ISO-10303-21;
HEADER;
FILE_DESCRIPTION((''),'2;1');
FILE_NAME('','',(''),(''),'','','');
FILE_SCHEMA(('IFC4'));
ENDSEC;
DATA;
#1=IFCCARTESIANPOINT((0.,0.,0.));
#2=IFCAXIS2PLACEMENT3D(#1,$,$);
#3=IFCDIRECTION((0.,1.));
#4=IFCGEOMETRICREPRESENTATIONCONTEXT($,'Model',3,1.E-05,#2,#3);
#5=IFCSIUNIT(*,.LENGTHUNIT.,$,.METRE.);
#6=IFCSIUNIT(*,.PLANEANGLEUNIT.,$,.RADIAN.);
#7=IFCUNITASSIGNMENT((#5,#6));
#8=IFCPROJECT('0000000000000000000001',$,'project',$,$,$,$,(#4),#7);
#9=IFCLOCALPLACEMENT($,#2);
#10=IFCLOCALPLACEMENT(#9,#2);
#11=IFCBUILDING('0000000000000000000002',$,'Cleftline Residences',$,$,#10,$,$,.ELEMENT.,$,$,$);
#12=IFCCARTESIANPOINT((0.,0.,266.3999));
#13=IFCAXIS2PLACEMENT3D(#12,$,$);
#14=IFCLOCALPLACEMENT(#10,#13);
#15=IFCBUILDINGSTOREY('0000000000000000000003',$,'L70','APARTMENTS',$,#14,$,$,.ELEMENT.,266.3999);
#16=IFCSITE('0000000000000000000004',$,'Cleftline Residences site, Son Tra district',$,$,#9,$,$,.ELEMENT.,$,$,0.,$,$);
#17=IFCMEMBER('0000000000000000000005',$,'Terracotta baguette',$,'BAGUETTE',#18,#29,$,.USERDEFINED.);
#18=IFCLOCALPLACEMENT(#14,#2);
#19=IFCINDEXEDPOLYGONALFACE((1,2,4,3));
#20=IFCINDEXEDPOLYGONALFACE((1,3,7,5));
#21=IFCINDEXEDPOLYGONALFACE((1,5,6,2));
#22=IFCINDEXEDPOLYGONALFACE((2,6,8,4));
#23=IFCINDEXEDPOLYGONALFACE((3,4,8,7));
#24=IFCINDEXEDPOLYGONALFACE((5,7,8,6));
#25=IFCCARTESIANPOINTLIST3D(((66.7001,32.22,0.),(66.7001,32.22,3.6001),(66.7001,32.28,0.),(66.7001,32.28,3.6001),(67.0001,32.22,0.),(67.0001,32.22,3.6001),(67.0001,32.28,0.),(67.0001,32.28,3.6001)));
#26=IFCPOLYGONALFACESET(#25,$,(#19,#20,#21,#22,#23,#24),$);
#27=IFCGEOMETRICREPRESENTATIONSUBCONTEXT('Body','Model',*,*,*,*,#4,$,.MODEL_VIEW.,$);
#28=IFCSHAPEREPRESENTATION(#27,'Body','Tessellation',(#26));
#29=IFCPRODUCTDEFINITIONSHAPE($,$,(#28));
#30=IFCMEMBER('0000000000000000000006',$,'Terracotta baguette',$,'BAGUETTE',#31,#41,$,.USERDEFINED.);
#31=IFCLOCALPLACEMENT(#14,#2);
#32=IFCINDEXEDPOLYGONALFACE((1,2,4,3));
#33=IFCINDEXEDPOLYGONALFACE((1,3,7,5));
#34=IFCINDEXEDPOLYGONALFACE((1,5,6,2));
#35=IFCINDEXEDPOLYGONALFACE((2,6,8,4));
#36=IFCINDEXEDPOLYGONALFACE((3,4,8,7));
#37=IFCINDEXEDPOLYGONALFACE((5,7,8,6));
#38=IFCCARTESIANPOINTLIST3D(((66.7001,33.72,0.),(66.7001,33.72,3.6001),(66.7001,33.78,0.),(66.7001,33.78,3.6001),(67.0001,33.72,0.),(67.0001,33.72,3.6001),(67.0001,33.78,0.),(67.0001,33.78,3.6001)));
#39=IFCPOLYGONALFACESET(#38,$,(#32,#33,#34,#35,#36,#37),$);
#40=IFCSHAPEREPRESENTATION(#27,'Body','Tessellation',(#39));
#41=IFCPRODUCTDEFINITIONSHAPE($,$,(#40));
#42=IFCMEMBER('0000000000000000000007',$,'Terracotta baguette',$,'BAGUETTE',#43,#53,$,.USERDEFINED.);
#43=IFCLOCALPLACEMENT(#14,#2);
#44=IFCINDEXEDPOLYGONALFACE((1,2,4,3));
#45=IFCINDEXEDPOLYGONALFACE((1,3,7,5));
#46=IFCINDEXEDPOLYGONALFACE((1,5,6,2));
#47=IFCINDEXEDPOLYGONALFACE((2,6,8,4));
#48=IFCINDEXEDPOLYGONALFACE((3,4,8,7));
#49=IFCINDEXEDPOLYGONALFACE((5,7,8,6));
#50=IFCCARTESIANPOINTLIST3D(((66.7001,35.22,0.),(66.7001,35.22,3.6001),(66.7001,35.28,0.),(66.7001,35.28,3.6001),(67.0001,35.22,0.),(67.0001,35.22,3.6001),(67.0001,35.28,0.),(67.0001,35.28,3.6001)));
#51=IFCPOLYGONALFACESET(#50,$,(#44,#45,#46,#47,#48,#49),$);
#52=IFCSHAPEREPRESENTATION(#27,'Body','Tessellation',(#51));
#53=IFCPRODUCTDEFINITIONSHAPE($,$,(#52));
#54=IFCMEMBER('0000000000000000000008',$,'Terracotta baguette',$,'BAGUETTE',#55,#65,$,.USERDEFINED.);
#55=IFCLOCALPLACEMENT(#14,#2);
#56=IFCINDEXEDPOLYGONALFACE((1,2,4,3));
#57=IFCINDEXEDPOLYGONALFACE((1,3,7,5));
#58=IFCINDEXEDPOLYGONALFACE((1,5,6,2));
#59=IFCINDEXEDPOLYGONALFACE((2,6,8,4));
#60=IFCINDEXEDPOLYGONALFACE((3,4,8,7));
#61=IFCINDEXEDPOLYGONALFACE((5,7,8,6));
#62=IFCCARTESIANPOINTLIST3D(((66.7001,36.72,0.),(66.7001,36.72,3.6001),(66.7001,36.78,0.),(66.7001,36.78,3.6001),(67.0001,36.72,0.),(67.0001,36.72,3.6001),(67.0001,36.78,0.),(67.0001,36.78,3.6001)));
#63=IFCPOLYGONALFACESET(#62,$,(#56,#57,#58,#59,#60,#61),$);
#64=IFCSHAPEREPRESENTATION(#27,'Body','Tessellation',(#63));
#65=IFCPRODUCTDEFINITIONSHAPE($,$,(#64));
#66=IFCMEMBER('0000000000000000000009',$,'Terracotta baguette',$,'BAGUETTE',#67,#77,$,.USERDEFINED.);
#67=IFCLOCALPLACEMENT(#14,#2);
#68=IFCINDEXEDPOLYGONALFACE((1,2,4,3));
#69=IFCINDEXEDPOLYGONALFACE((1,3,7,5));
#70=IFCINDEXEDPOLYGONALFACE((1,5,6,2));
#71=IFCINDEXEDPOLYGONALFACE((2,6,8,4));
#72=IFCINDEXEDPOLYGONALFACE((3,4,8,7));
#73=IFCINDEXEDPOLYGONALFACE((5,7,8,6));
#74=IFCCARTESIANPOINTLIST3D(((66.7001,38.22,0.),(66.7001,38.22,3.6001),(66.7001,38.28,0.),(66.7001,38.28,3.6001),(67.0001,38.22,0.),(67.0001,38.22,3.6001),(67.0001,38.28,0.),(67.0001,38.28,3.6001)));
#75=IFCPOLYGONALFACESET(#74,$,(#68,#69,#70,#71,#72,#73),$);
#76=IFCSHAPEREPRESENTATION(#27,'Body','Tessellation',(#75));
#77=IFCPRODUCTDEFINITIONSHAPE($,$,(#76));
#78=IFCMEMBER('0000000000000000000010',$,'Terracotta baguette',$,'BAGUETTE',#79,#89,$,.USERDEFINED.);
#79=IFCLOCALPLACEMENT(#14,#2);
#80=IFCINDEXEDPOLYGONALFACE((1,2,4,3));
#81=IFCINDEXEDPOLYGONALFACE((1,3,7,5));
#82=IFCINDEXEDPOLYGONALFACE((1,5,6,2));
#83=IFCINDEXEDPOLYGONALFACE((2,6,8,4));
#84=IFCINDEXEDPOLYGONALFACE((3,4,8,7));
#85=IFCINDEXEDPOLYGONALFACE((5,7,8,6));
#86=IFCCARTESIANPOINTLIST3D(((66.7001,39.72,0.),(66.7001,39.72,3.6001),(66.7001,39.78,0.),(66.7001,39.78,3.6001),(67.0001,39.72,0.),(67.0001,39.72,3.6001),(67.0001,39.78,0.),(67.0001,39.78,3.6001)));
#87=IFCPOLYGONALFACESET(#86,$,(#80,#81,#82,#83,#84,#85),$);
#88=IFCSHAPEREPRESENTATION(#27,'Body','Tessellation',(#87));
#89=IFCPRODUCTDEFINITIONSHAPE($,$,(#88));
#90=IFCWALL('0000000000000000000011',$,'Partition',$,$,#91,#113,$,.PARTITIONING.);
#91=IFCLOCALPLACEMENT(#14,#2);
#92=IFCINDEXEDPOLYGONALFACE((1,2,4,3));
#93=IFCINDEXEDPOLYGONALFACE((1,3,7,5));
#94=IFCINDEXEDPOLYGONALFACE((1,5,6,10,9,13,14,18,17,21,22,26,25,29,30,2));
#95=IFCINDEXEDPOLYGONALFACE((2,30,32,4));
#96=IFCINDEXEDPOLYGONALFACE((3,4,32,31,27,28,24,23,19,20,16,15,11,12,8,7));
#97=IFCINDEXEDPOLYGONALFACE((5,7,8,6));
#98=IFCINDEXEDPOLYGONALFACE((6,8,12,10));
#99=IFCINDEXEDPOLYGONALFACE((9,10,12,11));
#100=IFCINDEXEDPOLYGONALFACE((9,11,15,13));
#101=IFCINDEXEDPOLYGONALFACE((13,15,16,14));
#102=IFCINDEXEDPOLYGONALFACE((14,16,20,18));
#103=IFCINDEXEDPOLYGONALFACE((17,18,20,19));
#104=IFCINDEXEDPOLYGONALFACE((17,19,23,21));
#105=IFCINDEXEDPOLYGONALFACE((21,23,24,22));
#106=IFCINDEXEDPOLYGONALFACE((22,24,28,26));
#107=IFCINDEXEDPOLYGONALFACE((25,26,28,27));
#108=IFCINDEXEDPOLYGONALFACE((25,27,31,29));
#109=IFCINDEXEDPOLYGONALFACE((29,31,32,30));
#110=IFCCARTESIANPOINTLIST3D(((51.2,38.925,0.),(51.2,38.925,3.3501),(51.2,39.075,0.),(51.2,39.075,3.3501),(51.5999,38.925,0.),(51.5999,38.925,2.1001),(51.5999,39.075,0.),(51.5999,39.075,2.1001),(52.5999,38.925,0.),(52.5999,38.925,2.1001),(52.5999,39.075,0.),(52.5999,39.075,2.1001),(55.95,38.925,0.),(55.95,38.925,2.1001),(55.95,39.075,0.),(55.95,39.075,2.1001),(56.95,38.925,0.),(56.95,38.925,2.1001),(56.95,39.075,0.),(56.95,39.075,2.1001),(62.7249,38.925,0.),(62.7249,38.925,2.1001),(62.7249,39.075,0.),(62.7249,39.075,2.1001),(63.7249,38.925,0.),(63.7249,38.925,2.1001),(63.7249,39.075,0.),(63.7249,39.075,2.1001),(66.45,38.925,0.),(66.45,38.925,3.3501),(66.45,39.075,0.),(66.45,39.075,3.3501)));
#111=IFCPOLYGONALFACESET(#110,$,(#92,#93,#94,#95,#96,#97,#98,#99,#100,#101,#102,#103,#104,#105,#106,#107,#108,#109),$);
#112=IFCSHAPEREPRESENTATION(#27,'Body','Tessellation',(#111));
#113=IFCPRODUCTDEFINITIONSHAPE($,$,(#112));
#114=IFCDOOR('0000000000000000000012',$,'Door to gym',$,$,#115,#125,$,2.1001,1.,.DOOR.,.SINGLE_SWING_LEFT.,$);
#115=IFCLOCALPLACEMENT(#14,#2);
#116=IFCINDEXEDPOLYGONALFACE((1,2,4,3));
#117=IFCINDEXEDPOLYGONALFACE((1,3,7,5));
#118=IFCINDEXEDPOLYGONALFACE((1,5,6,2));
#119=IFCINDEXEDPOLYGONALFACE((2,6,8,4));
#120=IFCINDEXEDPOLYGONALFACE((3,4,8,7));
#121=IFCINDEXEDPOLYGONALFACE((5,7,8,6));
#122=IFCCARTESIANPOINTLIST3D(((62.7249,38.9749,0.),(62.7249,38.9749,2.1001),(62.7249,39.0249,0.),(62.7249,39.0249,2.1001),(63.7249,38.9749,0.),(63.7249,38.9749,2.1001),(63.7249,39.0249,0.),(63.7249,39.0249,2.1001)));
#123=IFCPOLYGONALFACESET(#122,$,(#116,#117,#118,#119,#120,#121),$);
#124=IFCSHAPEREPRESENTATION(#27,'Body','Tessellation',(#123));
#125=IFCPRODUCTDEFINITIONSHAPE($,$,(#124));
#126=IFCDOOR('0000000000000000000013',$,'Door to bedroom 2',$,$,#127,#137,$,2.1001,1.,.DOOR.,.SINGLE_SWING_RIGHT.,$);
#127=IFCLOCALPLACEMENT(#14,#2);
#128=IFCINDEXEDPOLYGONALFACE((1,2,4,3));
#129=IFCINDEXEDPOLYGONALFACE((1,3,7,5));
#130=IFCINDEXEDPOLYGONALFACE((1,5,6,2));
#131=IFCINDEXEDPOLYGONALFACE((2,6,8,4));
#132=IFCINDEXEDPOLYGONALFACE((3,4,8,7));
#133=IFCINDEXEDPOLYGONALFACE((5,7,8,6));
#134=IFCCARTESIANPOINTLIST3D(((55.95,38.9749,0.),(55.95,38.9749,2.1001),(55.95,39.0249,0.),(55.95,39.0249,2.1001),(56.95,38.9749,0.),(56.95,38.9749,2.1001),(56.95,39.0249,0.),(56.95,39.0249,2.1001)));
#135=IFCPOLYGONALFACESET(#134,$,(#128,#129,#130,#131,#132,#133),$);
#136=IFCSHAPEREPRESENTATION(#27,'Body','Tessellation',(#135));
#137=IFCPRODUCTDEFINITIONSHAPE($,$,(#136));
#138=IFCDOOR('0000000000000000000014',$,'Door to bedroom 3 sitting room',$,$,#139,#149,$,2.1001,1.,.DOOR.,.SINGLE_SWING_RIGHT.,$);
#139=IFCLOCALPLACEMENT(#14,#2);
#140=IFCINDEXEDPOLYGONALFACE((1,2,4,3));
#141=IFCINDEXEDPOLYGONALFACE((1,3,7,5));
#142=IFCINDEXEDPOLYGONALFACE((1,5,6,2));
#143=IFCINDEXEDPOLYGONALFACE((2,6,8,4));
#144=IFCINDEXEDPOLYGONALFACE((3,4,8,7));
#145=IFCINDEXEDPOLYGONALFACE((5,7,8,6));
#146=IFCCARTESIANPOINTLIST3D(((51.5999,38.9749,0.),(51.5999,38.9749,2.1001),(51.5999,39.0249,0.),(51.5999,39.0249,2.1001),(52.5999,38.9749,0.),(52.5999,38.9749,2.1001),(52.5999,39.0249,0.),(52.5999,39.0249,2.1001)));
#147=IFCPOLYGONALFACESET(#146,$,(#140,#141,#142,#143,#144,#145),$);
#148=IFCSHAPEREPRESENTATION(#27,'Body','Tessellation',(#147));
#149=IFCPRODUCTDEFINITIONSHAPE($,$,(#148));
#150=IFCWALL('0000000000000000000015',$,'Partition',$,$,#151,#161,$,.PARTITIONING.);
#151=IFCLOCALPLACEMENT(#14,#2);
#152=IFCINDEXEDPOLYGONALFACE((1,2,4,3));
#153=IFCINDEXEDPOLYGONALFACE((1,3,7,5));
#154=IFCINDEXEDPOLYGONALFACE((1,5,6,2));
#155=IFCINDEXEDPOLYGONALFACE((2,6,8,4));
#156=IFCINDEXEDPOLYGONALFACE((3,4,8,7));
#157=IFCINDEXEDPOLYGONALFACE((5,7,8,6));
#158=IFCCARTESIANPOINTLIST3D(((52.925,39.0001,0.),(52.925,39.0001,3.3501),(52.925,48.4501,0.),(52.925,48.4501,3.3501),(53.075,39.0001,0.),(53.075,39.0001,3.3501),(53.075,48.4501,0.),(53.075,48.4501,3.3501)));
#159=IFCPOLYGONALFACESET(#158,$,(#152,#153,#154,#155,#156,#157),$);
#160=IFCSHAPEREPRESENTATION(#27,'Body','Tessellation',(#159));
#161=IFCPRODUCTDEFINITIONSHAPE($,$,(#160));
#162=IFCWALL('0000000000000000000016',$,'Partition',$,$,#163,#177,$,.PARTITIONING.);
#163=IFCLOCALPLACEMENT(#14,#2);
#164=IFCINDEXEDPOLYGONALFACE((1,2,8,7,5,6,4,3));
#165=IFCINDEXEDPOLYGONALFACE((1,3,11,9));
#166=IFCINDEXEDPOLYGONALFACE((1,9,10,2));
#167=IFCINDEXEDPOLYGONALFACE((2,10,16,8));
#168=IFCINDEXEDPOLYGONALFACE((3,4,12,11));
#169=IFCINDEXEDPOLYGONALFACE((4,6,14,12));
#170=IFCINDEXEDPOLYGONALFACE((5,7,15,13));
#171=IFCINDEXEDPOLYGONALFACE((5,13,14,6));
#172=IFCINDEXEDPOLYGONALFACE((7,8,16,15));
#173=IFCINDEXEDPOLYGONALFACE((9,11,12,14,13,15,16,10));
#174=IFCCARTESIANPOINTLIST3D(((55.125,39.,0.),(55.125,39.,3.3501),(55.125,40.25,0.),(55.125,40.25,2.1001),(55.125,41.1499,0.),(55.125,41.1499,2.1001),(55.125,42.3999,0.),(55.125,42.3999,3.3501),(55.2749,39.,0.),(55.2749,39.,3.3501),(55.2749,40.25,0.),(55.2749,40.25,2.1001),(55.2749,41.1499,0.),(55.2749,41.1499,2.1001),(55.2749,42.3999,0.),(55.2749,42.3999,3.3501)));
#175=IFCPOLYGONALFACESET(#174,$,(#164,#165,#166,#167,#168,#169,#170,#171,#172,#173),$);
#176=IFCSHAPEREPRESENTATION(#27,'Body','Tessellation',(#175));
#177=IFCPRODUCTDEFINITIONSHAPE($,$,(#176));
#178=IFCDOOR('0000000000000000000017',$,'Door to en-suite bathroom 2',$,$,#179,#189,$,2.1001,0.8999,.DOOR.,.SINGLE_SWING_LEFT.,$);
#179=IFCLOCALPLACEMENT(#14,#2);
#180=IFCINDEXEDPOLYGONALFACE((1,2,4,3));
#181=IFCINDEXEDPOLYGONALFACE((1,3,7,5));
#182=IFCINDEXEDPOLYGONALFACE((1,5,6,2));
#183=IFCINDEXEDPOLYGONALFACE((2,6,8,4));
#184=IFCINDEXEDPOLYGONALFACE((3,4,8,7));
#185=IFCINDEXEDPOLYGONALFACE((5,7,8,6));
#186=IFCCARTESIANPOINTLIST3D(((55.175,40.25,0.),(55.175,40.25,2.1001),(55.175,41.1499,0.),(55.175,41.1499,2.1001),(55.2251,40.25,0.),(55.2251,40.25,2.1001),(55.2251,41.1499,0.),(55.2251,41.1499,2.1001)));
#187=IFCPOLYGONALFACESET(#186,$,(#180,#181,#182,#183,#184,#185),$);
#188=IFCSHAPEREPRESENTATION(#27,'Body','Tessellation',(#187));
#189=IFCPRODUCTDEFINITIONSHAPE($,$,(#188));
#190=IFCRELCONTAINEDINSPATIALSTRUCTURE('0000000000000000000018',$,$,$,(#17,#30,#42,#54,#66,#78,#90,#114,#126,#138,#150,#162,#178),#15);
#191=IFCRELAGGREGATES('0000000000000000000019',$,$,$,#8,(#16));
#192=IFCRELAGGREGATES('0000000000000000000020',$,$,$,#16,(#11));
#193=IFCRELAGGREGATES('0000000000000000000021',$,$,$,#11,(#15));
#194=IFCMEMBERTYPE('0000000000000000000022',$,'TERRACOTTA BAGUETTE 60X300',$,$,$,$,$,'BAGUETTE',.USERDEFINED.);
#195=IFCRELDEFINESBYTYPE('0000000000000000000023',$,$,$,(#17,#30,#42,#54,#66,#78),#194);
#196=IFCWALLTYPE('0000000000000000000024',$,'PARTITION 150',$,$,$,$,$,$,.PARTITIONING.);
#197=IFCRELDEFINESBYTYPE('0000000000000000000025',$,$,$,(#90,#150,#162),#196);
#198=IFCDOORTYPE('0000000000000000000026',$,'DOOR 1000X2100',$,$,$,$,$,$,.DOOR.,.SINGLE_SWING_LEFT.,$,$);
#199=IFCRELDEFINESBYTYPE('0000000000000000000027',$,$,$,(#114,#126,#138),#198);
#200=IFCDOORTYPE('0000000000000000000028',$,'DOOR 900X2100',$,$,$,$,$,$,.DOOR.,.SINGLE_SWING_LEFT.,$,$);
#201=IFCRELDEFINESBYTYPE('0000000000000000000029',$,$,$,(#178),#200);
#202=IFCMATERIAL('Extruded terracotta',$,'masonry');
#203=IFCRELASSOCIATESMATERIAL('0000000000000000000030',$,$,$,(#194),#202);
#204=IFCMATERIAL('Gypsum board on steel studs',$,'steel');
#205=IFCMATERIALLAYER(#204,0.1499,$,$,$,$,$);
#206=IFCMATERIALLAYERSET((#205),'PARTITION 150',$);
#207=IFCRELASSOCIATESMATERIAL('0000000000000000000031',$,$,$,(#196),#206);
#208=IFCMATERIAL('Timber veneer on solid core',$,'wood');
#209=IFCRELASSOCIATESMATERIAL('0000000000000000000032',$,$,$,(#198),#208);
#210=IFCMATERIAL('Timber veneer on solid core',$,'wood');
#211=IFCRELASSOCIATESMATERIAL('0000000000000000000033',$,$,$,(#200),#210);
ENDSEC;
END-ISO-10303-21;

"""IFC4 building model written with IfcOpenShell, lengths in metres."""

from ifc_helpers import new_model, si_unit, direction, frame, frame_2d, origin, origin_2d, place, context, subcontext, project, spatial, rectangle, extrude, material, layer, layer_set, material_profile, profile_set, type_object, element, fill, save


model = new_model("IFC4")

# Units and contexts
model_context = context("Model", 3, precision=1e-05, world=origin(), true_north=direction((0.0, 1.0)))
body_context = subcontext(model_context, "Body", "Model", "MODEL_VIEW")
ifc_project = project(units=[si_unit("LENGTHUNIT", "METRE"), si_unit("PLANEANGLEUNIT", "RADIAN")], contexts=[model_context])

# Site, building, storey
site_placement = place(None, origin())
site = spatial("IfcSite", under=ifc_project, at=site_placement, Name="Cleftline Residences site, Son Tra district", CompositionType="ELEMENT", RefElevation=0.0)
building_placement = place(site_placement, origin())
building = spatial("IfcBuilding", under=site, at=building_placement, Name="Cleftline Residences", CompositionType="ELEMENT")
storey_placement = place(building_placement, frame((0.0, 0.0, 266.3999)))
storey = spatial("IfcBuildingStorey", under=building, at=storey_placement, Name="L70", Description="APARTMENTS", CompositionType="ELEMENT", Elevation=266.3999)

# Members
ifc_material_1 = material(Name="Extruded terracotta", Category="masonry")
ifc_material_profile_1 = material_profile(ifc_material_1, rectangle(XDim=0.0601, YDim=0.3, at=origin_2d()))
ifc_profile_set_1 = profile_set([ifc_material_profile_1], Name="Extruded terracotta")
member_type_1 = type_object("IfcMemberType", Name="TERRACOTTA BAGUETTE 60X300", ElementType="BAGUETTE", PredefinedType="USERDEFINED", material=ifc_profile_set_1)
for number, where, z_axis, x_axis, name in (
    (1, (66.8501, 32.25, 0.0), (0.0, 0.0, 1.0), (0.0, 1.0, 0.0), "Terracotta baguette"),
    (2, (66.8501, 33.75, 0.0), (0.0, 0.0, 1.0), (0.0, 1.0, 0.0), "Terracotta baguette"),
    (3, (66.8501, 35.25, 0.0), (0.0, 0.0, 1.0), (0.0, 1.0, 0.0), "Terracotta baguette"),
    (4, (66.8501, 36.75, 0.0), (0.0, 0.0, 1.0), (0.0, 1.0, 0.0), "Terracotta baguette"),
    (5, (66.8501, 38.25, 0.0), (0.0, 0.0, 1.0), (0.0, 1.0, 0.0), "Terracotta baguette"),
    (6, (66.8501, 39.75, 0.0), (0.0, 0.0, 1.0), (0.0, 1.0, 0.0), "Terracotta baguette"),
):
    element("IfcMember", number, at=place(storey_placement, frame(where, z_axis=z_axis, x_axis=x_axis)), inside=storey, type_object=member_type_1, Name=name, ObjectType="BAGUETTE", PredefinedType="USERDEFINED", context=body_context, shape_type="SweptSolid", body=[
        extrude(rectangle(XDim=0.0601, YDim=0.3, at=origin_2d()), origin(), (0.0, 0.0, 1.0), 3.6001),
    ])

# Wall, openings, doors
ifc_material_2 = material(Name="Gypsum board on steel studs", Category="steel")
ifc_layer = layer(ifc_material_2, 0.1499)
ifc_layer_set = layer_set([ifc_layer], Name="PARTITION 150")
wall_type = type_object("IfcWallType", Name="PARTITION 150", PredefinedType="PARTITIONING", material=ifc_layer_set)
wall_1_placement = place(storey_placement, frame((51.2, 39.0, 0.0), z_axis=(0.0, 0.0, 1.0), x_axis=(1.0, 0.0, 0.0)))
wall_1 = element("IfcWall", 7, at=wall_1_placement, inside=storey, type_object=wall_type, Name="Partition", PredefinedType="PARTITIONING", context=body_context, shape_type="SweptSolid", body=[
    extrude(rectangle(XDim=15.25, YDim=0.1499, at=frame_2d((7.625, 0.0))), origin(), (0.0, 0.0, 1.0), 3.3501),
])
opening_1_placement = place(wall_1_placement, frame((11.5249, 0.0, 0.0)))
opening_1 = element("IfcOpeningElement", 8, at=opening_1_placement, cuts=wall_1, PredefinedType="OPENING", context=body_context, shape_type="SweptSolid", body=[
    extrude(rectangle(XDim=1.0, YDim=2.1001, at=frame_2d((0.5, 1.05))), frame((0.0, 0.085, 0.0), z_axis=(0.0, -1.0, 0.0), x_axis=(1.0, 0.0, 0.0)), (0.0, 0.0, 1.0), 0.1699),
])
opening_2_placement = place(wall_1_placement, frame((4.75, 0.0, 0.0)))
opening_2 = element("IfcOpeningElement", 9, at=opening_2_placement, cuts=wall_1, PredefinedType="OPENING", context=body_context, shape_type="SweptSolid", body=[
    extrude(rectangle(XDim=1.0, YDim=2.1001, at=frame_2d((0.5, 1.05))), frame((0.0, 0.085, 0.0), z_axis=(0.0, -1.0, 0.0), x_axis=(1.0, 0.0, 0.0)), (0.0, 0.0, 1.0), 0.1699),
])
opening_3_placement = place(wall_1_placement, frame((0.3999, 0.0, 0.0)))
opening_3 = element("IfcOpeningElement", 10, at=opening_3_placement, cuts=wall_1, PredefinedType="OPENING", context=body_context, shape_type="SweptSolid", body=[
    extrude(rectangle(XDim=1.0, YDim=2.1001, at=frame_2d((0.5, 1.05))), frame((0.0, 0.085, 0.0), z_axis=(0.0, -1.0, 0.0), x_axis=(1.0, 0.0, 0.0)), (0.0, 0.0, 1.0), 0.1699),
])
ifc_material_3 = material(Name="Timber veneer on solid core", Category="wood")
door_type_1 = type_object("IfcDoorType", Name="DOOR 1000X2100", OperationType="SINGLE_SWING_LEFT", PredefinedType="DOOR", material=ifc_material_3)
door_1_placement = place(opening_1_placement, origin())
door_1 = element("IfcDoor", 11, at=door_1_placement, inside=storey, type_object=door_type_1, Name="Door to gym", OperationType="SINGLE_SWING_LEFT", OverallHeight=2.1001, OverallWidth=1.0, PredefinedType="DOOR", context=body_context, shape_type="SweptSolid", body=[
    extrude(rectangle(XDim=1.0, YDim=2.1001, at=frame_2d((0.5, 1.05))), frame((0.0, 0.0249, 0.0), z_axis=(0.0, -1.0, 0.0), x_axis=(1.0, 0.0, 0.0)), (0.0, 0.0, 1.0), 0.05),
])
fill(opening_1, door_1)
door_2_placement = place(opening_2_placement, origin())
door_2 = element("IfcDoor", 12, at=door_2_placement, inside=storey, type_object=door_type_1, Name="Door to bedroom 2", OperationType="SINGLE_SWING_RIGHT", OverallHeight=2.1001, OverallWidth=1.0, PredefinedType="DOOR", context=body_context, shape_type="SweptSolid", body=[
    extrude(rectangle(XDim=1.0, YDim=2.1001, at=frame_2d((0.5, 1.05))), frame((0.0, 0.0249, 0.0), z_axis=(0.0, -1.0, 0.0), x_axis=(1.0, 0.0, 0.0)), (0.0, 0.0, 1.0), 0.05),
])
fill(opening_2, door_2)
door_3_placement = place(opening_3_placement, origin())
door_3 = element("IfcDoor", 13, at=door_3_placement, inside=storey, type_object=door_type_1, Name="Door to bedroom 3 sitting room", OperationType="SINGLE_SWING_RIGHT", OverallHeight=2.1001, OverallWidth=1.0, PredefinedType="DOOR", context=body_context, shape_type="SweptSolid", body=[
    extrude(rectangle(XDim=1.0, YDim=2.1001, at=frame_2d((0.5, 1.05))), frame((0.0, 0.0249, 0.0), z_axis=(0.0, -1.0, 0.0), x_axis=(1.0, 0.0, 0.0)), (0.0, 0.0, 1.0), 0.05),
])
fill(opening_3, door_3)

# Wall
wall_2_placement = place(storey_placement, frame((53.0, 39.0, 0.0), z_axis=(0.0, 0.0, 1.0), x_axis=(0.0, 1.0, 0.0)))
element("IfcWall", 14, at=wall_2_placement, inside=storey, type_object=wall_type, Name="Partition", PredefinedType="PARTITIONING", context=body_context, shape_type="SweptSolid", body=[
    extrude(rectangle(XDim=9.45, YDim=0.1499, at=frame_2d((4.7251, 0.0))), origin(), (0.0, 0.0, 1.0), 3.3501),
])

# Wall, opening, door
wall_3_placement = place(storey_placement, frame((55.2, 39.0, 0.0), z_axis=(0.0, 0.0, 1.0), x_axis=(0.0, 1.0, 0.0)))
wall_3 = element("IfcWall", 15, at=wall_3_placement, inside=storey, type_object=wall_type, Name="Partition", PredefinedType="PARTITIONING", context=body_context, shape_type="SweptSolid", body=[
    extrude(rectangle(XDim=3.3999, YDim=0.1499, at=frame_2d((1.7, 0.0))), origin(), (0.0, 0.0, 1.0), 3.3501),
])
opening_4_placement = place(wall_3_placement, frame((1.25, 0.0, 0.0)))
opening_4 = element("IfcOpeningElement", 16, at=opening_4_placement, cuts=wall_3, PredefinedType="OPENING", context=body_context, shape_type="SweptSolid", body=[
    extrude(rectangle(XDim=0.8999, YDim=2.1001, at=frame_2d((0.45, 1.05))), frame((0.0, 0.085, 0.0), z_axis=(0.0, -1.0, 0.0), x_axis=(1.0, 0.0, 0.0)), (0.0, 0.0, 1.0), 0.1699),
])
ifc_material_4 = material(Name="Timber veneer on solid core", Category="wood")
door_type_2 = type_object("IfcDoorType", Name="DOOR 900X2100", OperationType="SINGLE_SWING_LEFT", PredefinedType="DOOR", material=ifc_material_4)
door_4_placement = place(opening_4_placement, origin())
door_4 = element("IfcDoor", 17, at=door_4_placement, inside=storey, type_object=door_type_2, Name="Door to en-suite bathroom 2", OperationType="SINGLE_SWING_LEFT", OverallHeight=2.1001, OverallWidth=0.8999, PredefinedType="DOOR", context=body_context, shape_type="SweptSolid", body=[
    extrude(rectangle(XDim=0.8999, YDim=2.1001, at=frame_2d((0.45, 1.05))), frame((0.0, 0.0249, 0.0), z_axis=(0.0, -1.0, 0.0), x_axis=(1.0, 0.0, 0.0)), (0.0, 0.0, 1.0), 0.05),
])
fill(opening_4, door_4)

save(model, "model.ifc")
